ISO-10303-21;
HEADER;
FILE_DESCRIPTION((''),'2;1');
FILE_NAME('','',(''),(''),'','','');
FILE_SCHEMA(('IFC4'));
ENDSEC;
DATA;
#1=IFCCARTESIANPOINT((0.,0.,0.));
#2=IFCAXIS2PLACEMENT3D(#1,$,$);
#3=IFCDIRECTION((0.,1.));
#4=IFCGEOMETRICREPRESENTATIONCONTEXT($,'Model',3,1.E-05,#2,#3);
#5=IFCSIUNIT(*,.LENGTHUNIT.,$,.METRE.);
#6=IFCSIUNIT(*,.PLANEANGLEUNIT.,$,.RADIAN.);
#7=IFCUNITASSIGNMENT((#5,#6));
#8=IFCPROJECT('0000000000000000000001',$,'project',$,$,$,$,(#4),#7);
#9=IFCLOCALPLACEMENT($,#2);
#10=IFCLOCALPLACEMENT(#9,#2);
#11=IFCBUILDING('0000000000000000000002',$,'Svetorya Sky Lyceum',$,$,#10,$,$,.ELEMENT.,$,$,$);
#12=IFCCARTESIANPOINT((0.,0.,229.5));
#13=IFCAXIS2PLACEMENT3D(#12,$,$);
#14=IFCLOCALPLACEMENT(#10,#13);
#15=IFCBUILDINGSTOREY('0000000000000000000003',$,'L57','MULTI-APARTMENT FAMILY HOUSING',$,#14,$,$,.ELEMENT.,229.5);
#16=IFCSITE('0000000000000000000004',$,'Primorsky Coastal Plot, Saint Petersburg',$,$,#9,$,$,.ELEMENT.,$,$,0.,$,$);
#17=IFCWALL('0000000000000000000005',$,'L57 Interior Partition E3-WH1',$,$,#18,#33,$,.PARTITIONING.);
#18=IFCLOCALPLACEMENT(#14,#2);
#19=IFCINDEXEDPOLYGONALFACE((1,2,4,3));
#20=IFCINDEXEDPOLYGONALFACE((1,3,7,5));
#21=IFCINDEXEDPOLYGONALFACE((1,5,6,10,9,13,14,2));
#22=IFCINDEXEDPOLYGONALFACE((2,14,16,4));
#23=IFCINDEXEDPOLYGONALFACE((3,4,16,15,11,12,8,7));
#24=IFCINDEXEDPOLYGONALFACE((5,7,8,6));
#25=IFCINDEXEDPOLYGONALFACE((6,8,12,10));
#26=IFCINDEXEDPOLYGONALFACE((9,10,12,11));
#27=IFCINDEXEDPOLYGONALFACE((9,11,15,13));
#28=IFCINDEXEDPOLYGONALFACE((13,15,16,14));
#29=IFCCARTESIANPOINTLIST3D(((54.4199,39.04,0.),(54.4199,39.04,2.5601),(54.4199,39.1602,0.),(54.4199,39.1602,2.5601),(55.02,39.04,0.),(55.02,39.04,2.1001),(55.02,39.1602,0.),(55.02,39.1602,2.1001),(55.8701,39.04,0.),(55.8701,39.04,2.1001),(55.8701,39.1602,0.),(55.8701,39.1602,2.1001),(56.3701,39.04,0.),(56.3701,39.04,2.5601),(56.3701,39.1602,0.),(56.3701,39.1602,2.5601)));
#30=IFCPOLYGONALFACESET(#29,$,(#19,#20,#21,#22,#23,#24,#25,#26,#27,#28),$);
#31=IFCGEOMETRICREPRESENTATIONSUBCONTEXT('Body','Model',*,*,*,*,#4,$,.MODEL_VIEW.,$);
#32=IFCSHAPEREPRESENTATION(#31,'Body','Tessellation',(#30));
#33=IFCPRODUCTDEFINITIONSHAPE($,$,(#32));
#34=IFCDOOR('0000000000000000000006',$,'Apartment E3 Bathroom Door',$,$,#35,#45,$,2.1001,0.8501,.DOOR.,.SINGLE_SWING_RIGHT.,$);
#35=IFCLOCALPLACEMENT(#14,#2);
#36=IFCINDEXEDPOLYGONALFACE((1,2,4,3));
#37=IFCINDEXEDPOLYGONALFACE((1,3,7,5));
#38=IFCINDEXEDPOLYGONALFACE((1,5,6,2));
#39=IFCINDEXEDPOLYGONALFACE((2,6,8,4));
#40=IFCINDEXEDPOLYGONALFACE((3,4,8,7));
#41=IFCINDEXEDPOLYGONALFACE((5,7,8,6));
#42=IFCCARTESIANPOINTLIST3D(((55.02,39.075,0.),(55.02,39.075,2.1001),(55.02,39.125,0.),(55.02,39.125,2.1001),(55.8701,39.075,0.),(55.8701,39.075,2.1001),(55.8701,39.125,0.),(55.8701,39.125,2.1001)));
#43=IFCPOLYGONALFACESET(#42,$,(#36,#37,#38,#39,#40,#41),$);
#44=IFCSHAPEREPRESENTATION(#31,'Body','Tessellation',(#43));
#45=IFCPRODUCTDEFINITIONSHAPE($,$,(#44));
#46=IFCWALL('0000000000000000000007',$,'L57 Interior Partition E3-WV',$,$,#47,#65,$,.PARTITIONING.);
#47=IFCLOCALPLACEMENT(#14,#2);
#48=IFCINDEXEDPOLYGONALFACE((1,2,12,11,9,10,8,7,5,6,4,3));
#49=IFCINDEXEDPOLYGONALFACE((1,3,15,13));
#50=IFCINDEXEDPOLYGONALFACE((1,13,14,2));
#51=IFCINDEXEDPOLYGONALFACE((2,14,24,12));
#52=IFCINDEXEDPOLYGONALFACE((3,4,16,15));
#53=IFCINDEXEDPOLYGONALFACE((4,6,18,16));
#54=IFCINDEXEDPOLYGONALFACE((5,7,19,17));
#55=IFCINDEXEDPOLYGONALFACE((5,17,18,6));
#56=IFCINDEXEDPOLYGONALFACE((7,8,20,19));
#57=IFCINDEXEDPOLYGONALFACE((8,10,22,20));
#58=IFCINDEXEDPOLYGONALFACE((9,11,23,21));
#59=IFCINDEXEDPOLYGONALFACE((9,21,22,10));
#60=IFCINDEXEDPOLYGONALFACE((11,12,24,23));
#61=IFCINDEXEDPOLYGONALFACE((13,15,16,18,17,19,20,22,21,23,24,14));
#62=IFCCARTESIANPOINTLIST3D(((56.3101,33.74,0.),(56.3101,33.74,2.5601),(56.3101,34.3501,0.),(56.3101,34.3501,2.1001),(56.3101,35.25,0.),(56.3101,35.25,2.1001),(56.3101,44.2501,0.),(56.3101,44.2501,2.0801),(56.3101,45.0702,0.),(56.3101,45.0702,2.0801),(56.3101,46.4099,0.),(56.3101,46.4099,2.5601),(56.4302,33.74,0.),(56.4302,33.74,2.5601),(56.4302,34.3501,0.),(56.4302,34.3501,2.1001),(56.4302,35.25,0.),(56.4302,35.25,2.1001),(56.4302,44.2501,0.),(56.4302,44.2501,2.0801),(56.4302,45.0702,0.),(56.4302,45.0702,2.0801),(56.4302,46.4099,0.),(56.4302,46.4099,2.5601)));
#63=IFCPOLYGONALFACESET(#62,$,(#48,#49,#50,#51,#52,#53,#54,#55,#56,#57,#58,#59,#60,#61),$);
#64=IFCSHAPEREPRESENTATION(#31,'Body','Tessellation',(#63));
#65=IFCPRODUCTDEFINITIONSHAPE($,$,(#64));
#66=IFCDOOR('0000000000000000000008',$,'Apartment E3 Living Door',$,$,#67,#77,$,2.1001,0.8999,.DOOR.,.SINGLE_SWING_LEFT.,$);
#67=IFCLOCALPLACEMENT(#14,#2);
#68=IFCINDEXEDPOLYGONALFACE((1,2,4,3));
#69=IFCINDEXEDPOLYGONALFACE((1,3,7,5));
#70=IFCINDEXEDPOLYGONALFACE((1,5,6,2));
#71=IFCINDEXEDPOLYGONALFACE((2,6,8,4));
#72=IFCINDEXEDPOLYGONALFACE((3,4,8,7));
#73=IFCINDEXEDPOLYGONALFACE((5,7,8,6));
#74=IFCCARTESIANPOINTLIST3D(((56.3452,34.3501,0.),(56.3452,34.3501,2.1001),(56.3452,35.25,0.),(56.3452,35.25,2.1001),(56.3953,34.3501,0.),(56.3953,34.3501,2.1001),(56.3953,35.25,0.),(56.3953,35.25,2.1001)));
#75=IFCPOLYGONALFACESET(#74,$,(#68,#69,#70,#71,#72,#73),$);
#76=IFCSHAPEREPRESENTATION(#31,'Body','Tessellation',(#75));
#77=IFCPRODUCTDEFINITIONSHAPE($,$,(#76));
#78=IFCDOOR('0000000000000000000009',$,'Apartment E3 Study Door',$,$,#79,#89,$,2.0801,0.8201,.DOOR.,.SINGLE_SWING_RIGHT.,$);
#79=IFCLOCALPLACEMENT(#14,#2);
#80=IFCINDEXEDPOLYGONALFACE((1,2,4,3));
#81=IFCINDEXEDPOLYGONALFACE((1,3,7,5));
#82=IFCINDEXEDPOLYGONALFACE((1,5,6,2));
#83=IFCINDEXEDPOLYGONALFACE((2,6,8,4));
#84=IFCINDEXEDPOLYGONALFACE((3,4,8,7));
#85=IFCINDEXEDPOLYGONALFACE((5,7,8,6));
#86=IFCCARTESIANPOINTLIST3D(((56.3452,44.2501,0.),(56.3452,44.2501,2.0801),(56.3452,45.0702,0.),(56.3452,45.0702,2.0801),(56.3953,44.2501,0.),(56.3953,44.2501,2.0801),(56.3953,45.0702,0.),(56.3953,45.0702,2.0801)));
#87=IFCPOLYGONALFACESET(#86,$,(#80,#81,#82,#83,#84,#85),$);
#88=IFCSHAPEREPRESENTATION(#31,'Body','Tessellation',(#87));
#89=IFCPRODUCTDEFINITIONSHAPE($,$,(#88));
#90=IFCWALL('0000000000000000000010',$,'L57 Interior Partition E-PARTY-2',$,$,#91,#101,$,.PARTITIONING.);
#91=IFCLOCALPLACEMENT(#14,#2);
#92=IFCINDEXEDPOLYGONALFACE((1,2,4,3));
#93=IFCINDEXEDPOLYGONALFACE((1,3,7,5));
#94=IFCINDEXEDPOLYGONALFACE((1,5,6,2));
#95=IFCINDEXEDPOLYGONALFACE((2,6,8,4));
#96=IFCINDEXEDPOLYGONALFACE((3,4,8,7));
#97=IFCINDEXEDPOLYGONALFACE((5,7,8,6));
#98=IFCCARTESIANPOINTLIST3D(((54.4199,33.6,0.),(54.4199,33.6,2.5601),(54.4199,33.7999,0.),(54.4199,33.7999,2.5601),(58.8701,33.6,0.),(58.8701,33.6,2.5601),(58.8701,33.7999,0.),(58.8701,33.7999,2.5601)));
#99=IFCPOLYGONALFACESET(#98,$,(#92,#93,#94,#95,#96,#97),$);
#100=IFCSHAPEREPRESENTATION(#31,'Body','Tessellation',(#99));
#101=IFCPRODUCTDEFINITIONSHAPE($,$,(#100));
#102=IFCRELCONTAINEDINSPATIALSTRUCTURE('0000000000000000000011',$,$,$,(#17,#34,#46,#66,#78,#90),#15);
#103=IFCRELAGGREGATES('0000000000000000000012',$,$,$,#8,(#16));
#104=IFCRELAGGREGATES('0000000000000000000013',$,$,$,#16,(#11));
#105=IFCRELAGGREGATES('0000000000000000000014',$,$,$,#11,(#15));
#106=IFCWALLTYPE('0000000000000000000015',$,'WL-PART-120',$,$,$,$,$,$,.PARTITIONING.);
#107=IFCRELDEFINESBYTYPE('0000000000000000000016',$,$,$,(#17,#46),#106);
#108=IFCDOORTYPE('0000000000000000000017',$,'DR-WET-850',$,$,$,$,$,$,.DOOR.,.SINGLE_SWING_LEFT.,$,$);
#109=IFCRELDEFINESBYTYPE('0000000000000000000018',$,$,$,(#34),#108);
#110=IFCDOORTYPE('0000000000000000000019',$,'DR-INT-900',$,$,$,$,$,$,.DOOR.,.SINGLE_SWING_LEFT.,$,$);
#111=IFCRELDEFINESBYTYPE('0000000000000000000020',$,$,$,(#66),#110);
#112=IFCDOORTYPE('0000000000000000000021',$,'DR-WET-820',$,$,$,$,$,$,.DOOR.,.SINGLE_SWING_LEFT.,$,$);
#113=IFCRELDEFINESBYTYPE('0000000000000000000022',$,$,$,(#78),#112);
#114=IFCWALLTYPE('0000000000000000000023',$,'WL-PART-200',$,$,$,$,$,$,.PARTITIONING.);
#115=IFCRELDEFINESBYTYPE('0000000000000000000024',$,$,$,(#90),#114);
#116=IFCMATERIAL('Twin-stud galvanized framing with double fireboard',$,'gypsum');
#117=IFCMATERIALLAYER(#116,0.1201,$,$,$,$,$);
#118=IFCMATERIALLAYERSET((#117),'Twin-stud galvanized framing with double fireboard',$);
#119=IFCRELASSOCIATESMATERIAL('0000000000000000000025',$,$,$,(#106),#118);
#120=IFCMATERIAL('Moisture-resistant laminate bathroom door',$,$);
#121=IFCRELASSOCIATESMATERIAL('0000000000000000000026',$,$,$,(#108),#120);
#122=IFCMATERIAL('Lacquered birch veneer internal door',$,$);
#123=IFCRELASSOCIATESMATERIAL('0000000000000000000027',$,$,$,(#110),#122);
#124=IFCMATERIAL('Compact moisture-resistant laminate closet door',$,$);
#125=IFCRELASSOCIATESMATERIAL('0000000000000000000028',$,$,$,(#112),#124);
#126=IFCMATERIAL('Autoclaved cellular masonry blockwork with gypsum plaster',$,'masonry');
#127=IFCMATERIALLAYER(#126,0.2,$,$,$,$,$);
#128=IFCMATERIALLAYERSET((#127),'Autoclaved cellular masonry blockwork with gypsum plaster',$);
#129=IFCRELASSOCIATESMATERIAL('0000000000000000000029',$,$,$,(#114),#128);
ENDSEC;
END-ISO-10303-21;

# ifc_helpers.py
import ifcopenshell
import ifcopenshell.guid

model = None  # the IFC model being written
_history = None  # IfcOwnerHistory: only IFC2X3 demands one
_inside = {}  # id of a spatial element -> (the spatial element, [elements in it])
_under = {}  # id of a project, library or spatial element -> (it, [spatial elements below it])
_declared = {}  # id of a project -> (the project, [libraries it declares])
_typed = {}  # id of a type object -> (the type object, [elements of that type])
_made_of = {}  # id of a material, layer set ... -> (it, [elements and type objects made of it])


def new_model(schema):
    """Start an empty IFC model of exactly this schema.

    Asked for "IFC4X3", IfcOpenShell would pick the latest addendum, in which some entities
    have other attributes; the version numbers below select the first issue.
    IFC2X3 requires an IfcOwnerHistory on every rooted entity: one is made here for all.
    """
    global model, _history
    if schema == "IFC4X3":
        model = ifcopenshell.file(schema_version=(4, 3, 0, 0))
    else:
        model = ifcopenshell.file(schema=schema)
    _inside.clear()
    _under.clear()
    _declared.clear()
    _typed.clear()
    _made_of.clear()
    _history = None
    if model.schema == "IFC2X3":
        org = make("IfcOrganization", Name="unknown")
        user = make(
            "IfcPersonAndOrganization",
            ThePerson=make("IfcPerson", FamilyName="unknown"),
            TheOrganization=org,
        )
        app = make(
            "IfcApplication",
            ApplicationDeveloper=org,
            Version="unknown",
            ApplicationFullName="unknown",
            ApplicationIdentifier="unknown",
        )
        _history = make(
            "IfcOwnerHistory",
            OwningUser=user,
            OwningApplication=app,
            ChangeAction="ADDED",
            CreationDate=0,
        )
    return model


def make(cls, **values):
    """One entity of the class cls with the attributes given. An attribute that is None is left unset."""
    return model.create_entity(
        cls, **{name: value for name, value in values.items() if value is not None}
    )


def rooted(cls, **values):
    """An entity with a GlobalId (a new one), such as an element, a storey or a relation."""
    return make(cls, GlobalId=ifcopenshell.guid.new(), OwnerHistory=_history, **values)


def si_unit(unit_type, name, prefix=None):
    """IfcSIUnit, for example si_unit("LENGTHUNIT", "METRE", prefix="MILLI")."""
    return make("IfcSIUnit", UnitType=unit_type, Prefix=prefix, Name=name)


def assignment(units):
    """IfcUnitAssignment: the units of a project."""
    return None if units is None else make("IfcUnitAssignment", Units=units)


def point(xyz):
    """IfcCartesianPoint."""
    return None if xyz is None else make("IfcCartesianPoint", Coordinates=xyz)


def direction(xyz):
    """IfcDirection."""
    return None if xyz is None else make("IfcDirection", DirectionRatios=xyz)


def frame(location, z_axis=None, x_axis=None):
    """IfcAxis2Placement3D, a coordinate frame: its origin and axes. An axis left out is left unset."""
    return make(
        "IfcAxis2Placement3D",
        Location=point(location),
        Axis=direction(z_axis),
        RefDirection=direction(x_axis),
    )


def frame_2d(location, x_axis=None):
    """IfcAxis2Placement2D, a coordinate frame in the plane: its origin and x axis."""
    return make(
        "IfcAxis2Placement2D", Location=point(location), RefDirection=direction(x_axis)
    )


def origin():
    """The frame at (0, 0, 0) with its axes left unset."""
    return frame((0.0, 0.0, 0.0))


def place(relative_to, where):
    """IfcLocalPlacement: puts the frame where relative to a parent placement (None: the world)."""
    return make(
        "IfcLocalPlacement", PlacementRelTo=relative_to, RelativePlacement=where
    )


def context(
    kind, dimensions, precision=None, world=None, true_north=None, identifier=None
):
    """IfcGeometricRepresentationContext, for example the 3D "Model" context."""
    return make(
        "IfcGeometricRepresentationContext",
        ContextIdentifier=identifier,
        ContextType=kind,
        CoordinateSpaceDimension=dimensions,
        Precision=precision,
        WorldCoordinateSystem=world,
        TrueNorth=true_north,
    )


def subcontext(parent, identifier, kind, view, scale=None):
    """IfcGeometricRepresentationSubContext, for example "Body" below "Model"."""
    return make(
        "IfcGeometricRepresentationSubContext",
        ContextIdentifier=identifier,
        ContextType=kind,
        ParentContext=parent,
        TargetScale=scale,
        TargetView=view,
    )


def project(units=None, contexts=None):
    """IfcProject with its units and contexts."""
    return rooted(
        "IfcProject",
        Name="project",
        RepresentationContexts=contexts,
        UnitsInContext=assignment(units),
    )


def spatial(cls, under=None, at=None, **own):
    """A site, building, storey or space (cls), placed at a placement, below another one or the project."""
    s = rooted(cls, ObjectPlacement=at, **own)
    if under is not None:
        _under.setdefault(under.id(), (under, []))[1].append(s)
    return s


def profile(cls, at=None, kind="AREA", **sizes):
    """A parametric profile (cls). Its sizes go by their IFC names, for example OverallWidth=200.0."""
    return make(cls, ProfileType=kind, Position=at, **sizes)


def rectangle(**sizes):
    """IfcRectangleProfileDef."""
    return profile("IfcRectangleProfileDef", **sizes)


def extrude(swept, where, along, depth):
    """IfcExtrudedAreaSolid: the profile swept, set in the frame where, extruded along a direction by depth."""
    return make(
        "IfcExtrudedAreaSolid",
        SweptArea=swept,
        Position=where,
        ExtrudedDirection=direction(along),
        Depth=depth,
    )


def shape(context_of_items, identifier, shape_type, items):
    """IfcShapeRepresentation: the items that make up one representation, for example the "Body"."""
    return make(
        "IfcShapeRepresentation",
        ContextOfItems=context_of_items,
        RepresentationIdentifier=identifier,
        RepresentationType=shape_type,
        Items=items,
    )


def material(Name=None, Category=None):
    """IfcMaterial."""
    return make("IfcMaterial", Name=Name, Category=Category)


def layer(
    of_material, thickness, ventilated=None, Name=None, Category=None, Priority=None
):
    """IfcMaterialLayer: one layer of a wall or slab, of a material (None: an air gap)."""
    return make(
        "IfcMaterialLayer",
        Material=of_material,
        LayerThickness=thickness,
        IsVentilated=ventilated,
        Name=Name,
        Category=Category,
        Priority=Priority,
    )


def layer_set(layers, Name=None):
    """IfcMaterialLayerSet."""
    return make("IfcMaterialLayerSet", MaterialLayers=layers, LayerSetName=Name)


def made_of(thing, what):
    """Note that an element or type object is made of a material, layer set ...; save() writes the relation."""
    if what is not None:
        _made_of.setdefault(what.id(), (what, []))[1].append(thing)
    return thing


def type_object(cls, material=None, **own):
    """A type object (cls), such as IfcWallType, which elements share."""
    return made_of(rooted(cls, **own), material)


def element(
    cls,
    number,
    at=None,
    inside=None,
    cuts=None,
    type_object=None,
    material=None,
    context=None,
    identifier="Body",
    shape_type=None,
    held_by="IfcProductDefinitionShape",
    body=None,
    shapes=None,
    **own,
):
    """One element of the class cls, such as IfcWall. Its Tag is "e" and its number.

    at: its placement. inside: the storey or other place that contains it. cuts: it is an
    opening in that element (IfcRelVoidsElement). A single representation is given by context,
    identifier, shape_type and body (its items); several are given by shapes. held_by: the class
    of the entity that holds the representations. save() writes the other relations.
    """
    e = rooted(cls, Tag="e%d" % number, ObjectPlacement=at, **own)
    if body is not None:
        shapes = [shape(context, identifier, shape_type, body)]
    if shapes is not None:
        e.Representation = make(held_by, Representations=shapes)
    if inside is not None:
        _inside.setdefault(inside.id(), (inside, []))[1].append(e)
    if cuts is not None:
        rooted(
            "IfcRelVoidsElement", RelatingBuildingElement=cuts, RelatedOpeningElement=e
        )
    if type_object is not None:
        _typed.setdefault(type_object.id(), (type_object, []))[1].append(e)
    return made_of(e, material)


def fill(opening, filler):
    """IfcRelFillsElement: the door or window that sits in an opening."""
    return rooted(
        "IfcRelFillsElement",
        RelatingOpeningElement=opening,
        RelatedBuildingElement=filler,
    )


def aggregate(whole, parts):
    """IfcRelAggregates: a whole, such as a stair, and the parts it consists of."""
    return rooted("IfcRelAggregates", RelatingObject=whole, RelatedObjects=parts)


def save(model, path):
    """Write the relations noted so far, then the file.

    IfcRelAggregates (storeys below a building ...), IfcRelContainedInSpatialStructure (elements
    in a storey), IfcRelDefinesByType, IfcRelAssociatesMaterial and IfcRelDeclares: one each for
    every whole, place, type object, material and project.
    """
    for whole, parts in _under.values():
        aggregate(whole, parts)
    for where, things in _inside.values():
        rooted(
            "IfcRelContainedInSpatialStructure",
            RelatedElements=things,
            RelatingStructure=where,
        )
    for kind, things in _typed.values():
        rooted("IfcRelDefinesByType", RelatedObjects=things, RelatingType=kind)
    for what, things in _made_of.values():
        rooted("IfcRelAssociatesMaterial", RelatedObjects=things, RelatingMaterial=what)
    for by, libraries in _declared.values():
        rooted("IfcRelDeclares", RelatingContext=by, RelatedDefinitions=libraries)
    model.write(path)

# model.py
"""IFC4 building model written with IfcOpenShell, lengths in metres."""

from ifc_helpers import new_model, si_unit, direction, frame, frame_2d, origin, place, context, subcontext, project, spatial, rectangle, extrude, material, layer, layer_set, type_object, element, fill, save


model = new_model("IFC4")

# Units and contexts
model_context = context("Model", 3, precision=1e-05, world=origin(), true_north=direction((0.0, 1.0)))
body_context = subcontext(model_context, "Body", "Model", "MODEL_VIEW")
ifc_project = project(units=[si_unit("LENGTHUNIT", "METRE"), si_unit("PLANEANGLEUNIT", "RADIAN")], contexts=[model_context])

# Site, building, storey
site_placement = place(None, origin())
site = spatial("IfcSite", under=ifc_project, at=site_placement, Name="Primorsky Coastal Plot, Saint Petersburg", CompositionType="ELEMENT", RefElevation=0.0)
building_placement = place(site_placement, origin())
building = spatial("IfcBuilding", under=site, at=building_placement, Name="Svetorya Sky Lyceum", CompositionType="ELEMENT")
storey_placement = place(building_placement, frame((0.0, 0.0, 229.5)))
storey = spatial("IfcBuildingStorey", under=building, at=storey_placement, Name="L57", Description="MULTI-APARTMENT FAMILY HOUSING", CompositionType="ELEMENT", Elevation=229.5)

# Wall, opening, door
ifc_material_1 = material(Name="Twin-stud galvanized framing with double fireboard", Category="gypsum")
ifc_layer_1 = layer(ifc_material_1, 0.1201)
ifc_layer_set_1 = layer_set([ifc_layer_1], Name="Twin-stud galvanized framing with double fireboard")
wall_type_1 = type_object("IfcWallType", Name="WL-PART-120", PredefinedType="PARTITIONING", material=ifc_layer_set_1)
wall_1_placement = place(storey_placement, frame((54.4199, 39.1001, 0.0), z_axis=(0.0, 0.0, 1.0), x_axis=(1.0, 0.0, 0.0)))
wall_1 = element("IfcWall", 1, at=wall_1_placement, inside=storey, type_object=wall_type_1, Name="L57 Interior Partition E3-WH1", PredefinedType="PARTITIONING", context=body_context, shape_type="SweptSolid", body=[
    extrude(rectangle(XDim=1.9502, YDim=0.1201, at=frame_2d((0.9751, 0.0))), origin(), (0.0, 0.0, 1.0), 2.5601),
])
opening_1_placement = place(wall_1_placement, frame((0.6001, 0.0, 0.0)))
opening_1 = element("IfcOpeningElement", 2, at=opening_1_placement, cuts=wall_1, PredefinedType="OPENING", context=body_context, shape_type="SweptSolid", body=[
    extrude(rectangle(XDim=0.8501, YDim=2.1001, at=frame_2d((0.425, 1.05))), frame((0.0, 0.0701, 0.0), z_axis=(0.0, -1.0, 0.0), x_axis=(1.0, 0.0, 0.0)), (0.0, 0.0, 1.0), 0.1401),
])
ifc_material_2 = material(Name="Moisture-resistant laminate bathroom door")
door_type_1 = type_object("IfcDoorType", Name="DR-WET-850", OperationType="SINGLE_SWING_LEFT", PredefinedType="DOOR", material=ifc_material_2)
door_1_placement = place(opening_1_placement, origin())
door_1 = element("IfcDoor", 3, at=door_1_placement, inside=storey, type_object=door_type_1, Name="Apartment E3 Bathroom Door", OperationType="SINGLE_SWING_RIGHT", OverallHeight=2.1001, OverallWidth=0.8501, PredefinedType="DOOR", context=body_context, shape_type="SweptSolid", body=[
    extrude(rectangle(XDim=0.8501, YDim=2.1001, at=frame_2d((0.425, 1.05))), frame((0.0, 0.0249, 0.0), z_axis=(0.0, -1.0, 0.0), x_axis=(1.0, 0.0, 0.0)), (0.0, 0.0, 1.0), 0.05),
])
fill(opening_1, door_1)

# Wall, openings, doors
wall_2_placement = place(storey_placement, frame((56.3701, 33.74, 0.0), z_axis=(0.0, 0.0, 1.0), x_axis=(0.0, 1.0, 0.0)))
wall_2 = element("IfcWall", 4, at=wall_2_placement, inside=storey, type_object=wall_type_1, Name="L57 Interior Partition E3-WV", PredefinedType="PARTITIONING", context=body_context, shape_type="SweptSolid", body=[
    extrude(rectangle(XDim=12.6699, YDim=0.1201, at=frame_2d((6.335, 0.0))), origin(), (0.0, 0.0, 1.0), 2.5601),
])
opening_2_placement = place(wall_2_placement, frame((0.6101, 0.0, 0.0)))
opening_2 = element("IfcOpeningElement", 5, at=opening_2_placement, cuts=wall_2, PredefinedType="OPENING", context=body_context, shape_type="SweptSolid", body=[
    extrude(rectangle(XDim=0.8999, YDim=2.1001, at=frame_2d((0.45, 1.05))), frame((0.0, 0.0701, 0.0), z_axis=(0.0, -1.0, 0.0), x_axis=(1.0, 0.0, 0.0)), (0.0, 0.0, 1.0), 0.1401),
])
opening_3_placement = place(wall_2_placement, frame((10.51, 0.0, 0.0)))
opening_3 = element("IfcOpeningElement", 6, at=opening_3_placement, cuts=wall_2, PredefinedType="OPENING", context=body_context, shape_type="SweptSolid", body=[
    extrude(rectangle(XDim=0.8201, YDim=2.0801, at=frame_2d((0.4102, 1.04))), frame((0.0, 0.0701, 0.0), z_axis=(0.0, -1.0, 0.0), x_axis=(1.0, 0.0, 0.0)), (0.0, 0.0, 1.0), 0.1401),
])
ifc_material_3 = material(Name="Lacquered birch veneer internal door")
door_type_2 = type_object("IfcDoorType", Name="DR-INT-900", OperationType="SINGLE_SWING_LEFT", PredefinedType="DOOR", material=ifc_material_3)
door_2_placement = place(opening_2_placement, origin())
door_2 = element("IfcDoor", 7, at=door_2_placement, inside=storey, type_object=door_type_2, Name="Apartment E3 Living Door", OperationType="SINGLE_SWING_LEFT", OverallHeight=2.1001, OverallWidth=0.8999, PredefinedType="DOOR", context=body_context, shape_type="SweptSolid", body=[
    extrude(rectangle(XDim=0.8999, YDim=2.1001, at=frame_2d((0.45, 1.05))), frame((0.0, 0.0249, 0.0), z_axis=(0.0, -1.0, 0.0), x_axis=(1.0, 0.0, 0.0)), (0.0, 0.0, 1.0), 0.05),
])
fill(opening_2, door_2)
ifc_material_4 = material(Name="Compact moisture-resistant laminate closet door")
door_type_3 = type_object("IfcDoorType", Name="DR-WET-820", OperationType="SINGLE_SWING_LEFT", PredefinedType="DOOR", material=ifc_material_4)
door_3_placement = place(opening_3_placement, origin())
door_3 = element("IfcDoor", 8, at=door_3_placement, inside=storey, type_object=door_type_3, Name="Apartment E3 Study Door", OperationType="SINGLE_SWING_RIGHT", OverallHeight=2.0801, OverallWidth=0.8201, PredefinedType="DOOR", context=body_context, shape_type="SweptSolid", body=[
    extrude(rectangle(XDim=0.8201, YDim=2.0801, at=frame_2d((0.4102, 1.04))), frame((0.0, 0.0249, 0.0), z_axis=(0.0, -1.0, 0.0), x_axis=(1.0, 0.0, 0.0)), (0.0, 0.0, 1.0), 0.05),
])
fill(opening_3, door_3)

# Wall
ifc_material_5 = material(Name="Autoclaved cellular masonry blockwork with gypsum plaster", Category="masonry")
ifc_layer_2 = layer(ifc_material_5, 0.2)
ifc_layer_set_2 = layer_set([ifc_layer_2], Name="Autoclaved cellular masonry blockwork with gypsum plaster")
wall_type_2 = type_object("IfcWallType", Name="WL-PART-200", PredefinedType="PARTITIONING", material=ifc_layer_set_2)
wall_3_placement = place(storey_placement, frame((54.4199, 33.7, 0.0), z_axis=(0.0, 0.0, 1.0), x_axis=(1.0, 0.0, 0.0)))
element("IfcWall", 9, at=wall_3_placement, inside=storey, type_object=wall_type_2, Name="L57 Interior Partition E-PARTY-2", PredefinedType="PARTITIONING", context=body_context, shape_type="SweptSolid", body=[
    extrude(rectangle(XDim=4.4502, YDim=0.2, at=frame_2d((2.2251, 0.0))), origin(), (0.0, 0.0, 1.0), 2.5601),
])

save(model, "model.ifc")
